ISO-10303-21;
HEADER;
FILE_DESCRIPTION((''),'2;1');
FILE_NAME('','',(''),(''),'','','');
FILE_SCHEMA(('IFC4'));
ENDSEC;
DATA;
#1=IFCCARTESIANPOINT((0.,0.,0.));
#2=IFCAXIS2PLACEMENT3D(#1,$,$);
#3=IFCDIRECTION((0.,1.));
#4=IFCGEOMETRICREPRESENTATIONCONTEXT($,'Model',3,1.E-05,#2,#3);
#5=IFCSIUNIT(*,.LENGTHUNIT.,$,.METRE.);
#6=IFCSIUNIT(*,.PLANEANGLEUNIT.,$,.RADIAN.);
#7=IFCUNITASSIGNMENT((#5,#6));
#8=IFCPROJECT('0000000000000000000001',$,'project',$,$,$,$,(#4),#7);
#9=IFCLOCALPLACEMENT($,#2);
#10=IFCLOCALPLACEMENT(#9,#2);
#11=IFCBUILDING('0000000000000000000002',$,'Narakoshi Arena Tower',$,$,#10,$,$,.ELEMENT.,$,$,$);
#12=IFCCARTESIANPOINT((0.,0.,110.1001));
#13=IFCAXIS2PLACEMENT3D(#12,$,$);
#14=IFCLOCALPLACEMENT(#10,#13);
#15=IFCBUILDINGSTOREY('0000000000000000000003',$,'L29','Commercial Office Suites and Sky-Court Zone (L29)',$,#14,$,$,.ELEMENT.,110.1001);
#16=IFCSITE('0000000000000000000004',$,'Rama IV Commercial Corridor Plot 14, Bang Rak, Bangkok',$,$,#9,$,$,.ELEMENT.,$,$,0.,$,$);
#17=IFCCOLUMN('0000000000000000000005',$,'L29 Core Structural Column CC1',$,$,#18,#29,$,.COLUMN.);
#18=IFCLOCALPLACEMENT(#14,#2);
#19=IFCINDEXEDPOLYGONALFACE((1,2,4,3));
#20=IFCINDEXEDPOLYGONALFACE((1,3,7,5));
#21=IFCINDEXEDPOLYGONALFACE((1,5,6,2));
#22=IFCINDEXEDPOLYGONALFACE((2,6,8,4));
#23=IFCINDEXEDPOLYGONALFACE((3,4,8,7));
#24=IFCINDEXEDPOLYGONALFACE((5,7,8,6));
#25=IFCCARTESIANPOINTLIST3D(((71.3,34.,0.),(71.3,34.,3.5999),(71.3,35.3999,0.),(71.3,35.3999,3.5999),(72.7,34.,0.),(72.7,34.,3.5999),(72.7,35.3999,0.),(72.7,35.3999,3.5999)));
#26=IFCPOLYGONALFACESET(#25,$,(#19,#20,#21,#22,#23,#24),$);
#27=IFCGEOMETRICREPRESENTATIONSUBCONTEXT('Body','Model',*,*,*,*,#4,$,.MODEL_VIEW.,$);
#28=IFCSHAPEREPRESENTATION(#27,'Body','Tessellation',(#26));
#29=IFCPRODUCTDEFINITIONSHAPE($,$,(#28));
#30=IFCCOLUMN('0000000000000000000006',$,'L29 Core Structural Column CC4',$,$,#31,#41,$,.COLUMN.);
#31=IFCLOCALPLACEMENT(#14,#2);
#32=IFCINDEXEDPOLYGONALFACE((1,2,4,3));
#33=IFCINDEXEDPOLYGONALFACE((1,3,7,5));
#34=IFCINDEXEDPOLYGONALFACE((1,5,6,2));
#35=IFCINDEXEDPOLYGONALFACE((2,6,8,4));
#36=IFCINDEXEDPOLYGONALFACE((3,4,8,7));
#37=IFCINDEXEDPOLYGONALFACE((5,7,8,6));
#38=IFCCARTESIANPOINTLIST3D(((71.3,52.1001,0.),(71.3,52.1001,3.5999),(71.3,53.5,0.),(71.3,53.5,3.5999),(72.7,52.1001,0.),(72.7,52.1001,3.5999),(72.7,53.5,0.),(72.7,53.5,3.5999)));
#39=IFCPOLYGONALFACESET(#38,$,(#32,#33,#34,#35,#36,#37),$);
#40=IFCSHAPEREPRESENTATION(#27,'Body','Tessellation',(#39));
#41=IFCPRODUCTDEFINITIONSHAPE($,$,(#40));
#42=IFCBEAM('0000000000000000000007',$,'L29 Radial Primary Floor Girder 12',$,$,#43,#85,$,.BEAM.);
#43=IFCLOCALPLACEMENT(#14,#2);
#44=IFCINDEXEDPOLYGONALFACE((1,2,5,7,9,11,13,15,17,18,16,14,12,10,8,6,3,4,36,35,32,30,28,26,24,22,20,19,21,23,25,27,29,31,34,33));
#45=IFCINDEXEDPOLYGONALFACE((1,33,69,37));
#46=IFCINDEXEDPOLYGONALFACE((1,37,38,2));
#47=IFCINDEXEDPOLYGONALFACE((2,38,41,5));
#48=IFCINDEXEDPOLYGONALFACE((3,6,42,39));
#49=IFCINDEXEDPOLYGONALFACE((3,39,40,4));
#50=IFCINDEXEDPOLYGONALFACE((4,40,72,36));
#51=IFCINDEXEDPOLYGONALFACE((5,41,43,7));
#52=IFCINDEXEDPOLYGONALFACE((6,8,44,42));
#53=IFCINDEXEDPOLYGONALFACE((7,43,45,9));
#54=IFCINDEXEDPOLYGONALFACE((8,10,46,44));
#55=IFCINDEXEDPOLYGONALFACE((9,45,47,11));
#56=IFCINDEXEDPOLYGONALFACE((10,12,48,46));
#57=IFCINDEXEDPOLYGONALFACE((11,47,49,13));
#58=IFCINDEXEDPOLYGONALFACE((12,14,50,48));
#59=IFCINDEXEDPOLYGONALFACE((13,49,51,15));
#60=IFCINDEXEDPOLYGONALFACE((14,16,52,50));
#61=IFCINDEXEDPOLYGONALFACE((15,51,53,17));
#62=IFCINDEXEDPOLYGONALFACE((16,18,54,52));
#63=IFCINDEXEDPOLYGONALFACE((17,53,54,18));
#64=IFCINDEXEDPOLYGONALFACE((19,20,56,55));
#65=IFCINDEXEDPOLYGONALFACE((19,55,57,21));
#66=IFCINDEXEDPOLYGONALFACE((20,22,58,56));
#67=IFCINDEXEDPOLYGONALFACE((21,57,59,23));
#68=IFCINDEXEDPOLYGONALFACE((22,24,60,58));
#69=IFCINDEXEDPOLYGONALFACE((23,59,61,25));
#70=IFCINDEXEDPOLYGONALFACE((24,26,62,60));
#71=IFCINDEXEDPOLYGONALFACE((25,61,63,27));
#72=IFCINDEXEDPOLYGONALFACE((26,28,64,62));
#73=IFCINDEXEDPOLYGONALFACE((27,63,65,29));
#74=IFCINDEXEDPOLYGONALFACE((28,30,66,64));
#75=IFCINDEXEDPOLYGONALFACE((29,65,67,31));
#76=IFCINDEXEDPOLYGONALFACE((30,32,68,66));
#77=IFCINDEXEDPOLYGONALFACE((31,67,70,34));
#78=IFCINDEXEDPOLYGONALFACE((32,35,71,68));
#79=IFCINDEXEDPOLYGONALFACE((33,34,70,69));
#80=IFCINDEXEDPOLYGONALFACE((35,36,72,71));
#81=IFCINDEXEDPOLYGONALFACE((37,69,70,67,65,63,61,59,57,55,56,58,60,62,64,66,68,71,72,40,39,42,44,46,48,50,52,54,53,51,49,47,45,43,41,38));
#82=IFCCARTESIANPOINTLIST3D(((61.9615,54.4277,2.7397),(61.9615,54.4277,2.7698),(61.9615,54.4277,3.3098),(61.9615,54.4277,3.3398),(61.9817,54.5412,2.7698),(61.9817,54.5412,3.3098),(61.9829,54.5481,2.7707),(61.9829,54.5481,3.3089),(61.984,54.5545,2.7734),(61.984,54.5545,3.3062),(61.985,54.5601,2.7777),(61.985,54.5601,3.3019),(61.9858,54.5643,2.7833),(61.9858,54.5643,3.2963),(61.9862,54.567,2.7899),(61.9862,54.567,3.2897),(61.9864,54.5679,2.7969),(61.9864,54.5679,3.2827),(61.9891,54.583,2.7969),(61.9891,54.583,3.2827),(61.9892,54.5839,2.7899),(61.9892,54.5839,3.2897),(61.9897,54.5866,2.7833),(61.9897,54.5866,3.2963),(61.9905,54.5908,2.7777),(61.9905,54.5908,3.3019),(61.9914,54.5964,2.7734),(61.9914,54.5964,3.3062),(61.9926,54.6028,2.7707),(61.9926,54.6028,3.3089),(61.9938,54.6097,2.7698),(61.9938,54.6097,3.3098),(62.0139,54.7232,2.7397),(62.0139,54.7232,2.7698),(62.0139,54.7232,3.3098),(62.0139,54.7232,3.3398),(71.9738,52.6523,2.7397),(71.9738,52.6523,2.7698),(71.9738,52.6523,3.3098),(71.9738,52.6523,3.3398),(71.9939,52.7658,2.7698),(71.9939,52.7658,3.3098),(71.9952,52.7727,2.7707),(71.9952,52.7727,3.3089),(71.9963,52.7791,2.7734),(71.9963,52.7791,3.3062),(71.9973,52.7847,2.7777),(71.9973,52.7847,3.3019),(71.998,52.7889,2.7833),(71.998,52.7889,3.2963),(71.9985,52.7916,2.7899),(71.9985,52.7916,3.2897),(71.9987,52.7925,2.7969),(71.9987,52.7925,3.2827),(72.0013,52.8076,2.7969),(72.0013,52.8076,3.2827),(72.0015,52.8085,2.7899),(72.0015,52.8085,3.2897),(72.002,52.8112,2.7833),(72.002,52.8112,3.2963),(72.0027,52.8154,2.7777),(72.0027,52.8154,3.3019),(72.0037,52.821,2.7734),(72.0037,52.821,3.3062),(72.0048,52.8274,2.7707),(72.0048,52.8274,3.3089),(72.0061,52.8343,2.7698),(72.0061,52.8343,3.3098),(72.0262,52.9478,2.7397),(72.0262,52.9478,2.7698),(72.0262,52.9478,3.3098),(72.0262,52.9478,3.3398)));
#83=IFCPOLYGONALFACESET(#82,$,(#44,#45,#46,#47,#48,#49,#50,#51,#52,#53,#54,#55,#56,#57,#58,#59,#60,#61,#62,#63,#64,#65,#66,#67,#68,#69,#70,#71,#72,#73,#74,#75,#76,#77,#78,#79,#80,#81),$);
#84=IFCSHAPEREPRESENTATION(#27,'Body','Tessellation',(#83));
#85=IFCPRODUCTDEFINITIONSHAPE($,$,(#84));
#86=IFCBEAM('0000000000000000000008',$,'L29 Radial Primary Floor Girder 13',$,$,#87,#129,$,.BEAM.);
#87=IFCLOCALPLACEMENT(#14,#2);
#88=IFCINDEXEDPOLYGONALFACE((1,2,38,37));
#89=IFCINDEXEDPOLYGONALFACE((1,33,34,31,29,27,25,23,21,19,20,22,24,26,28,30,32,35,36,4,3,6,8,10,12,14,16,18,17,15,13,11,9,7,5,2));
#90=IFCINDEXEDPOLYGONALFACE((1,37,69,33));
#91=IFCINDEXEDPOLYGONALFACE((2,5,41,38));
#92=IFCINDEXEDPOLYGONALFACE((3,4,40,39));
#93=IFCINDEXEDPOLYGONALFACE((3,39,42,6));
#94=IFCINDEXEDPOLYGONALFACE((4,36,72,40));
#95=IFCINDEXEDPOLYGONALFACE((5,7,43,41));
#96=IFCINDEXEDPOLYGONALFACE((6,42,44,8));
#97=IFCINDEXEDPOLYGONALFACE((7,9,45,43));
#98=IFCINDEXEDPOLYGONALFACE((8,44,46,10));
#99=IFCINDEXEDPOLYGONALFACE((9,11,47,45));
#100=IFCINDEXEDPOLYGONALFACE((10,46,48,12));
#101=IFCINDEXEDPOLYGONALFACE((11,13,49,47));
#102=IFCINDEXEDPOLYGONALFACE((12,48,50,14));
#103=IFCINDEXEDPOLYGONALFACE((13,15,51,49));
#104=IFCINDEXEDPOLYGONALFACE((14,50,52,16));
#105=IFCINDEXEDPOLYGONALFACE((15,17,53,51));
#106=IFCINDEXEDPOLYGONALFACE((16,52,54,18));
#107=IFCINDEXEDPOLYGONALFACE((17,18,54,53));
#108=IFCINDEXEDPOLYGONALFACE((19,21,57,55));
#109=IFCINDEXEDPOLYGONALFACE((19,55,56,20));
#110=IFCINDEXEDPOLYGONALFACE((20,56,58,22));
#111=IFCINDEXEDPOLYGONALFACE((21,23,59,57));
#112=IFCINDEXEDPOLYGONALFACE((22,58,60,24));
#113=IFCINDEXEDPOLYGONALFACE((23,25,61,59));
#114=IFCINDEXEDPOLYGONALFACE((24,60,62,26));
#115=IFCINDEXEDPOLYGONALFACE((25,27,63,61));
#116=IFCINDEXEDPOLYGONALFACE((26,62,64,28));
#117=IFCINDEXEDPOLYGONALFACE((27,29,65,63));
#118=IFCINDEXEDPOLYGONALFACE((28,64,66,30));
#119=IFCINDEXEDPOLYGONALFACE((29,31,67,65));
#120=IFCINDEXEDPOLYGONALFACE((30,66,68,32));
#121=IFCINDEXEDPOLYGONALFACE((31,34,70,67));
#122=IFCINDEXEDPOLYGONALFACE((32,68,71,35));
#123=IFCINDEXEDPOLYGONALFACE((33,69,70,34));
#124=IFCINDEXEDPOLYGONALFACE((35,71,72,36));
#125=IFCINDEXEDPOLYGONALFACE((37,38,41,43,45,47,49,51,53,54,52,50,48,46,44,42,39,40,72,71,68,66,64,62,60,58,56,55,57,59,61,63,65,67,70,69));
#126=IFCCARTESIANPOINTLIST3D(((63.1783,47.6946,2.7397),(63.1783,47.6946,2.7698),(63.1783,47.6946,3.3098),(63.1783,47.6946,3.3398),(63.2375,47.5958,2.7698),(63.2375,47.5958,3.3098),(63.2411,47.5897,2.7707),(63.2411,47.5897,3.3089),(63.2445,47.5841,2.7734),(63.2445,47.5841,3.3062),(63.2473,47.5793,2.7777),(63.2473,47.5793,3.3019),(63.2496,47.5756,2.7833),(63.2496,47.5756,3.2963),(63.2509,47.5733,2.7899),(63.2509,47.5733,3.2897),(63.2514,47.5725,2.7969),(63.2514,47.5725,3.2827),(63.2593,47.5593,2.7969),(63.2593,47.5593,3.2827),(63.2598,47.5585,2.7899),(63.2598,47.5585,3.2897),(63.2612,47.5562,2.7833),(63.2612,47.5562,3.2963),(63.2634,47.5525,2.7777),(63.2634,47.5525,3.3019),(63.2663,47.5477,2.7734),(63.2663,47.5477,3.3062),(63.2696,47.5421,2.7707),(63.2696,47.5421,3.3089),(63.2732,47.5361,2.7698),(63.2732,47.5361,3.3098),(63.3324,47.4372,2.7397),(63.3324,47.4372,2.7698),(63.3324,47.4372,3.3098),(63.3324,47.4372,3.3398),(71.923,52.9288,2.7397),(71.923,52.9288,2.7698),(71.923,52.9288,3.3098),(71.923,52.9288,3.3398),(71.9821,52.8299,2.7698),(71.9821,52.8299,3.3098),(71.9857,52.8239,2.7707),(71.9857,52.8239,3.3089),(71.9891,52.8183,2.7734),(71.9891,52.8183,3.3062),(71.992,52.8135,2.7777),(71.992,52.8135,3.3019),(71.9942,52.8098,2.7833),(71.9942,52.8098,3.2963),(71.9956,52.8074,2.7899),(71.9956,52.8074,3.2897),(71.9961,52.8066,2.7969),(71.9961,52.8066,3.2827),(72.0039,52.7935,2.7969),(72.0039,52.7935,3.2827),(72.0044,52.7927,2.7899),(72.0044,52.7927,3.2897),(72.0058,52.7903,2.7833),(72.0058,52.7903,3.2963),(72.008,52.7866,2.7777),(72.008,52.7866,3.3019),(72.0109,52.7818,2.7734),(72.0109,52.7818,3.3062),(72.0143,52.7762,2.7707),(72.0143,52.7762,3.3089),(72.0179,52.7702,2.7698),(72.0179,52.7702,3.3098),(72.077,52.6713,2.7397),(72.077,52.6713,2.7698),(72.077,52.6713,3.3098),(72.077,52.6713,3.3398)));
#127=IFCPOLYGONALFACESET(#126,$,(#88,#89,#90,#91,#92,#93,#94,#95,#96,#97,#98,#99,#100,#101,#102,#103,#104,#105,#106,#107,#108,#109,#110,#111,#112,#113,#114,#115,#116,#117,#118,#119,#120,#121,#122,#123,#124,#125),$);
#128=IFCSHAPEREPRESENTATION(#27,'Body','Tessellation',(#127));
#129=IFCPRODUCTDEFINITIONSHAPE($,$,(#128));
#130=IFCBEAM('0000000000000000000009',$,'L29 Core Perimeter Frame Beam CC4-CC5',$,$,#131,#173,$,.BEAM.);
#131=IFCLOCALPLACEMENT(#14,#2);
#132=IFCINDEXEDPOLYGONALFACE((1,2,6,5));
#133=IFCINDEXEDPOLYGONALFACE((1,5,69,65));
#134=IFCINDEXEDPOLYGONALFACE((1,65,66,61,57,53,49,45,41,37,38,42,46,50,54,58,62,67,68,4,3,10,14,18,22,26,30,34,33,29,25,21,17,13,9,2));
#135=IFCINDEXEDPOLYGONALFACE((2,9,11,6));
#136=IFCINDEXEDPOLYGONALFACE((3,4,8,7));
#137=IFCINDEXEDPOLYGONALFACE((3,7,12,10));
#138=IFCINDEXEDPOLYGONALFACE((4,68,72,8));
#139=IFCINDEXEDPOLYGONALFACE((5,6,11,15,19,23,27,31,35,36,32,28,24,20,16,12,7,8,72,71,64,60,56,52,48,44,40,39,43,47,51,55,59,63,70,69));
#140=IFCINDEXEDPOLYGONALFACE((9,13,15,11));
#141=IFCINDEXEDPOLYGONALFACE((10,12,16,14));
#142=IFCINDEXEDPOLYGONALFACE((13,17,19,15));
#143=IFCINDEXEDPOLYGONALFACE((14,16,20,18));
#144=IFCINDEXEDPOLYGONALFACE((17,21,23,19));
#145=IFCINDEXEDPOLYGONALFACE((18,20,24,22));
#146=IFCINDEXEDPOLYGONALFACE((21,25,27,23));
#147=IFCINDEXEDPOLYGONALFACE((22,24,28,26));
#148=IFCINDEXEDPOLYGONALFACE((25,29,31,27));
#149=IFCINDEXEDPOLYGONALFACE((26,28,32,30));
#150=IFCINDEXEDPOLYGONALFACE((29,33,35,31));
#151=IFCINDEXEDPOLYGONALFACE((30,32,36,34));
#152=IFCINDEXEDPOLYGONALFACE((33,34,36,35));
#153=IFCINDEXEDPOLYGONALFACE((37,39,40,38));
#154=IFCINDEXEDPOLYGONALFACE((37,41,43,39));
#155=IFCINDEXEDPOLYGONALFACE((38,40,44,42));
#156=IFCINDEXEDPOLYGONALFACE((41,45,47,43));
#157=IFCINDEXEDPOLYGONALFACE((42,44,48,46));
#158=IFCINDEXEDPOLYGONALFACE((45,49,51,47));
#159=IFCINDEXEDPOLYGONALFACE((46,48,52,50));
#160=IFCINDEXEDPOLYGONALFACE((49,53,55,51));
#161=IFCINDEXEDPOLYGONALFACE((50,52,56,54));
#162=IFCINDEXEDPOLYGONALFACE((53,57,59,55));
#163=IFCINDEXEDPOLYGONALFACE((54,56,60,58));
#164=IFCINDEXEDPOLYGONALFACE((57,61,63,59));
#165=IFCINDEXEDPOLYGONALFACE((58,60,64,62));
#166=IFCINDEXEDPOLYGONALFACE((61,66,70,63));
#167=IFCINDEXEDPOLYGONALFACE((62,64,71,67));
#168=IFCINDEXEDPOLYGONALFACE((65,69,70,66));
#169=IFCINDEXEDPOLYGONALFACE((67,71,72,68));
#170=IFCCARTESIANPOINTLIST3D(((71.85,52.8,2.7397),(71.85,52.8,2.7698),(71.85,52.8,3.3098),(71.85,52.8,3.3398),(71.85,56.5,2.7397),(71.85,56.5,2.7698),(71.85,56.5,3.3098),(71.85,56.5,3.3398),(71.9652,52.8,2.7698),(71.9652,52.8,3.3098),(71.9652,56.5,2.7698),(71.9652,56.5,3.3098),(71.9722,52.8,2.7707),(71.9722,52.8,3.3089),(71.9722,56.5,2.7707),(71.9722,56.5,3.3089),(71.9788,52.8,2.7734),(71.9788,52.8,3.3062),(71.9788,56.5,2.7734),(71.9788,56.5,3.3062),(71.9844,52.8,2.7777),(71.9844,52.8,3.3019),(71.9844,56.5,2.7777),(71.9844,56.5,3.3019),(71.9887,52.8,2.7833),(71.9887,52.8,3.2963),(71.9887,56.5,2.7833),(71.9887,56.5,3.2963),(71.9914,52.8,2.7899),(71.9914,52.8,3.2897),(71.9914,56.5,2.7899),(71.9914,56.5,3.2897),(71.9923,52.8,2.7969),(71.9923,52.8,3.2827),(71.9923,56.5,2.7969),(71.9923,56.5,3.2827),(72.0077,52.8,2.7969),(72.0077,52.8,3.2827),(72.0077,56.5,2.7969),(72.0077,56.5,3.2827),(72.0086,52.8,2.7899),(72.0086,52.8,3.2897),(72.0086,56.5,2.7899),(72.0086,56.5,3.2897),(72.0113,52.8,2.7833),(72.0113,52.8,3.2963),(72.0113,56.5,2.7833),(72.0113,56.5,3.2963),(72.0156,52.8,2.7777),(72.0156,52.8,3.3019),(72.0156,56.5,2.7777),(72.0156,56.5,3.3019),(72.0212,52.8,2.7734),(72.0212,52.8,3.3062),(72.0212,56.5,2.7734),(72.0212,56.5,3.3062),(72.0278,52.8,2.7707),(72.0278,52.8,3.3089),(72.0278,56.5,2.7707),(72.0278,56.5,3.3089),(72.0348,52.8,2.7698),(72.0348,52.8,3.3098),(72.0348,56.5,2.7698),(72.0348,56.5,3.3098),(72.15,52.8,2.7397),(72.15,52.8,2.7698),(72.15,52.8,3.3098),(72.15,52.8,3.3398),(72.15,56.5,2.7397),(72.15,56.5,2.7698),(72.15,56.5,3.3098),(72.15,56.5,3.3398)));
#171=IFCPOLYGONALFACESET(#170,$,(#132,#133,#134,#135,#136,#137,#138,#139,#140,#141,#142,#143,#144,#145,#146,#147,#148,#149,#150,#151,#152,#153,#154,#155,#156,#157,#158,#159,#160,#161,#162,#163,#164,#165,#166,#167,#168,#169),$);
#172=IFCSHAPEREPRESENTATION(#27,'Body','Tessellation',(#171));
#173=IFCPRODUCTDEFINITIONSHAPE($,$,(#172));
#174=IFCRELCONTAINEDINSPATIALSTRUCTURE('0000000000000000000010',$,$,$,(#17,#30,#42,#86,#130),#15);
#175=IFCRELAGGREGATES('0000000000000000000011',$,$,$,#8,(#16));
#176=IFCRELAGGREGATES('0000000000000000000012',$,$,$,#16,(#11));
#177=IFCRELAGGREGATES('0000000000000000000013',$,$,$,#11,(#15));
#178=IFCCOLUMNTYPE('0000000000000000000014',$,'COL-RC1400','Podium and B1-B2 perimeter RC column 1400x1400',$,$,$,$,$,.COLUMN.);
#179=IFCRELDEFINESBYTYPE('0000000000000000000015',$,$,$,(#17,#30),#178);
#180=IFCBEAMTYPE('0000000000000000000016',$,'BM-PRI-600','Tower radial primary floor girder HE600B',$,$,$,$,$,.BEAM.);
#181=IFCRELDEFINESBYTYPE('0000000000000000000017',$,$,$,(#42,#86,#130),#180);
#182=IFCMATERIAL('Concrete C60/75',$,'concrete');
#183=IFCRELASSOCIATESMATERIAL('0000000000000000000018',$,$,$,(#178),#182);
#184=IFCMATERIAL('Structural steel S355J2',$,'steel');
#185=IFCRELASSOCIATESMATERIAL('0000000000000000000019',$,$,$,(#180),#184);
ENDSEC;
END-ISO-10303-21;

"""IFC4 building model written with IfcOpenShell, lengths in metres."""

from ifc_helpers import new_model, si_unit, direction, frame, origin, origin_2d, place, context, subcontext, project, spatial, rectangle, i_section, extrude, material, material_profile, profile_set, type_object, element, save


model = new_model("IFC4")

# Units and contexts
model_context = context("Model", 3, precision=1e-05, world=origin(), true_north=direction((0.0, 1.0)))
body_context = subcontext(model_context, "Body", "Model", "MODEL_VIEW")
ifc_project = project(units=[si_unit("LENGTHUNIT", "METRE"), si_unit("PLANEANGLEUNIT", "RADIAN")], contexts=[model_context])

# Site, building, storey
site_placement = place(None, origin())
site = spatial("IfcSite", under=ifc_project, at=site_placement, Name="Rama IV Commercial Corridor Plot 14, Bang Rak, Bangkok", CompositionType="ELEMENT", RefElevation=0.0)
building_placement = place(site_placement, origin())
building = spatial("IfcBuilding", under=site, at=building_placement, Name="Narakoshi Arena Tower", CompositionType="ELEMENT")
storey_placement = place(building_placement, frame((0.0, 0.0, 110.1001)))
storey = spatial("IfcBuildingStorey", under=building, at=storey_placement, Name="L29", Description="Commercial Office Suites and Sky-Court Zone (L29)", CompositionType="ELEMENT", Elevation=110.1001)

# Columns
ifc_material_1 = material(Name="Concrete C60/75", Category="concrete")
ifc_material_profile_1 = material_profile(ifc_material_1, rectangle(XDim=1.3999, YDim=1.3999, at=origin_2d()), Name="RC1400x1400")
ifc_profile_set_1 = profile_set([ifc_material_profile_1], Name="Concrete C60/75")
column_type = type_object("IfcColumnType", Name="COL-RC1400", Description="Podium and B1-B2 perimeter RC column 1400x1400", PredefinedType="COLUMN", material=ifc_profile_set_1)
for number, where, z_axis, x_axis, name in (
    (1, (72.0, 34.7, 0.0), (0.0, 0.0, 1.0), (1.0, 0.0, 0.0), "L29 Core Structural Column CC1"),
    (2, (72.0, 52.8, 0.0), (0.0, 0.0, 1.0), (1.0, 0.0, 0.0), "L29 Core Structural Column CC4"),
):
    element("IfcColumn", number, at=place(storey_placement, frame(where, z_axis=z_axis, x_axis=x_axis)), inside=storey, type_object=column_type, Name=name, PredefinedType="COLUMN", context=body_context, shape_type="SweptSolid", body=[
        extrude(rectangle(XDim=1.3999, YDim=1.3999, at=origin_2d()), origin(), (0.0, 0.0, 1.0), 3.5999),
    ])

# Beams
ifc_material_2 = material(Name="Structural steel S355J2", Category="steel")
ifc_material_profile_2 = material_profile(ifc_material_2, i_section(OverallWidth=0.3, OverallDepth=0.6001, WebThickness=0.0154, FlangeThickness=0.03, FilletRadius=0.0271, at=origin_2d()), Name="HE600B")
ifc_profile_set_2 = profile_set([ifc_material_profile_2], Name="Structural steel S355J2")
beam_type = type_object("IfcBeamType", Name="BM-PRI-600", Description="Tower radial primary floor girder HE600B", PredefinedType="BEAM", material=ifc_profile_set_2)
beam_1_placement = place(storey_placement, frame((72.0, 52.8, 3.0398), z_axis=(-0.98464, 0.174599, 0.0), x_axis=(-0.174599, -0.98464, 0.0)))
element("IfcBeam", 3, at=beam_1_placement, inside=storey, type_object=beam_type, Name="L29 Radial Primary Floor Girder 12", PredefinedType="BEAM", context=body_context, shape_type="SweptSolid", body=[
    extrude(i_section(OverallWidth=0.3, OverallDepth=0.6001, WebThickness=0.0154, FlangeThickness=0.03, FilletRadius=0.0271, at=origin_2d()), origin(), (0.0, 0.0, 1.0), 10.1685),
])
beam_2_placement = place(storey_placement, frame((72.0, 52.8, 3.0398), z_axis=(-0.85804, -0.513583, 0.0), x_axis=(0.513583, -0.85804, 0.0)))
element("IfcBeam", 4, at=beam_2_placement, inside=storey, type_object=beam_type, Name="L29 Radial Primary Floor Girder 13", PredefinedType="BEAM", context=body_context, shape_type="SweptSolid", body=[
    extrude(i_section(OverallWidth=0.3, OverallDepth=0.6001, WebThickness=0.0154, FlangeThickness=0.03, FilletRadius=0.0271, at=origin_2d()), origin(), (0.0, 0.0, 1.0), 10.1914),
])
beam_3_placement = place(storey_placement, frame((72.0, 52.8, 3.0398), z_axis=(0.0, 1.0, 0.0), x_axis=(-1.0, 0.0, 0.0)))
element("IfcBeam", 5, at=beam_3_placement, inside=storey, type_object=beam_type, Name="L29 Core Perimeter Frame Beam CC4-CC5", PredefinedType="BEAM", context=body_context, shape_type="SweptSolid", body=[
    extrude(i_section(OverallWidth=0.3, OverallDepth=0.6001, WebThickness=0.0154, FlangeThickness=0.03, FilletRadius=0.0271, at=origin_2d()), origin(), (0.0, 0.0, 1.0), 3.7),
])

save(model, "model.ifc")
